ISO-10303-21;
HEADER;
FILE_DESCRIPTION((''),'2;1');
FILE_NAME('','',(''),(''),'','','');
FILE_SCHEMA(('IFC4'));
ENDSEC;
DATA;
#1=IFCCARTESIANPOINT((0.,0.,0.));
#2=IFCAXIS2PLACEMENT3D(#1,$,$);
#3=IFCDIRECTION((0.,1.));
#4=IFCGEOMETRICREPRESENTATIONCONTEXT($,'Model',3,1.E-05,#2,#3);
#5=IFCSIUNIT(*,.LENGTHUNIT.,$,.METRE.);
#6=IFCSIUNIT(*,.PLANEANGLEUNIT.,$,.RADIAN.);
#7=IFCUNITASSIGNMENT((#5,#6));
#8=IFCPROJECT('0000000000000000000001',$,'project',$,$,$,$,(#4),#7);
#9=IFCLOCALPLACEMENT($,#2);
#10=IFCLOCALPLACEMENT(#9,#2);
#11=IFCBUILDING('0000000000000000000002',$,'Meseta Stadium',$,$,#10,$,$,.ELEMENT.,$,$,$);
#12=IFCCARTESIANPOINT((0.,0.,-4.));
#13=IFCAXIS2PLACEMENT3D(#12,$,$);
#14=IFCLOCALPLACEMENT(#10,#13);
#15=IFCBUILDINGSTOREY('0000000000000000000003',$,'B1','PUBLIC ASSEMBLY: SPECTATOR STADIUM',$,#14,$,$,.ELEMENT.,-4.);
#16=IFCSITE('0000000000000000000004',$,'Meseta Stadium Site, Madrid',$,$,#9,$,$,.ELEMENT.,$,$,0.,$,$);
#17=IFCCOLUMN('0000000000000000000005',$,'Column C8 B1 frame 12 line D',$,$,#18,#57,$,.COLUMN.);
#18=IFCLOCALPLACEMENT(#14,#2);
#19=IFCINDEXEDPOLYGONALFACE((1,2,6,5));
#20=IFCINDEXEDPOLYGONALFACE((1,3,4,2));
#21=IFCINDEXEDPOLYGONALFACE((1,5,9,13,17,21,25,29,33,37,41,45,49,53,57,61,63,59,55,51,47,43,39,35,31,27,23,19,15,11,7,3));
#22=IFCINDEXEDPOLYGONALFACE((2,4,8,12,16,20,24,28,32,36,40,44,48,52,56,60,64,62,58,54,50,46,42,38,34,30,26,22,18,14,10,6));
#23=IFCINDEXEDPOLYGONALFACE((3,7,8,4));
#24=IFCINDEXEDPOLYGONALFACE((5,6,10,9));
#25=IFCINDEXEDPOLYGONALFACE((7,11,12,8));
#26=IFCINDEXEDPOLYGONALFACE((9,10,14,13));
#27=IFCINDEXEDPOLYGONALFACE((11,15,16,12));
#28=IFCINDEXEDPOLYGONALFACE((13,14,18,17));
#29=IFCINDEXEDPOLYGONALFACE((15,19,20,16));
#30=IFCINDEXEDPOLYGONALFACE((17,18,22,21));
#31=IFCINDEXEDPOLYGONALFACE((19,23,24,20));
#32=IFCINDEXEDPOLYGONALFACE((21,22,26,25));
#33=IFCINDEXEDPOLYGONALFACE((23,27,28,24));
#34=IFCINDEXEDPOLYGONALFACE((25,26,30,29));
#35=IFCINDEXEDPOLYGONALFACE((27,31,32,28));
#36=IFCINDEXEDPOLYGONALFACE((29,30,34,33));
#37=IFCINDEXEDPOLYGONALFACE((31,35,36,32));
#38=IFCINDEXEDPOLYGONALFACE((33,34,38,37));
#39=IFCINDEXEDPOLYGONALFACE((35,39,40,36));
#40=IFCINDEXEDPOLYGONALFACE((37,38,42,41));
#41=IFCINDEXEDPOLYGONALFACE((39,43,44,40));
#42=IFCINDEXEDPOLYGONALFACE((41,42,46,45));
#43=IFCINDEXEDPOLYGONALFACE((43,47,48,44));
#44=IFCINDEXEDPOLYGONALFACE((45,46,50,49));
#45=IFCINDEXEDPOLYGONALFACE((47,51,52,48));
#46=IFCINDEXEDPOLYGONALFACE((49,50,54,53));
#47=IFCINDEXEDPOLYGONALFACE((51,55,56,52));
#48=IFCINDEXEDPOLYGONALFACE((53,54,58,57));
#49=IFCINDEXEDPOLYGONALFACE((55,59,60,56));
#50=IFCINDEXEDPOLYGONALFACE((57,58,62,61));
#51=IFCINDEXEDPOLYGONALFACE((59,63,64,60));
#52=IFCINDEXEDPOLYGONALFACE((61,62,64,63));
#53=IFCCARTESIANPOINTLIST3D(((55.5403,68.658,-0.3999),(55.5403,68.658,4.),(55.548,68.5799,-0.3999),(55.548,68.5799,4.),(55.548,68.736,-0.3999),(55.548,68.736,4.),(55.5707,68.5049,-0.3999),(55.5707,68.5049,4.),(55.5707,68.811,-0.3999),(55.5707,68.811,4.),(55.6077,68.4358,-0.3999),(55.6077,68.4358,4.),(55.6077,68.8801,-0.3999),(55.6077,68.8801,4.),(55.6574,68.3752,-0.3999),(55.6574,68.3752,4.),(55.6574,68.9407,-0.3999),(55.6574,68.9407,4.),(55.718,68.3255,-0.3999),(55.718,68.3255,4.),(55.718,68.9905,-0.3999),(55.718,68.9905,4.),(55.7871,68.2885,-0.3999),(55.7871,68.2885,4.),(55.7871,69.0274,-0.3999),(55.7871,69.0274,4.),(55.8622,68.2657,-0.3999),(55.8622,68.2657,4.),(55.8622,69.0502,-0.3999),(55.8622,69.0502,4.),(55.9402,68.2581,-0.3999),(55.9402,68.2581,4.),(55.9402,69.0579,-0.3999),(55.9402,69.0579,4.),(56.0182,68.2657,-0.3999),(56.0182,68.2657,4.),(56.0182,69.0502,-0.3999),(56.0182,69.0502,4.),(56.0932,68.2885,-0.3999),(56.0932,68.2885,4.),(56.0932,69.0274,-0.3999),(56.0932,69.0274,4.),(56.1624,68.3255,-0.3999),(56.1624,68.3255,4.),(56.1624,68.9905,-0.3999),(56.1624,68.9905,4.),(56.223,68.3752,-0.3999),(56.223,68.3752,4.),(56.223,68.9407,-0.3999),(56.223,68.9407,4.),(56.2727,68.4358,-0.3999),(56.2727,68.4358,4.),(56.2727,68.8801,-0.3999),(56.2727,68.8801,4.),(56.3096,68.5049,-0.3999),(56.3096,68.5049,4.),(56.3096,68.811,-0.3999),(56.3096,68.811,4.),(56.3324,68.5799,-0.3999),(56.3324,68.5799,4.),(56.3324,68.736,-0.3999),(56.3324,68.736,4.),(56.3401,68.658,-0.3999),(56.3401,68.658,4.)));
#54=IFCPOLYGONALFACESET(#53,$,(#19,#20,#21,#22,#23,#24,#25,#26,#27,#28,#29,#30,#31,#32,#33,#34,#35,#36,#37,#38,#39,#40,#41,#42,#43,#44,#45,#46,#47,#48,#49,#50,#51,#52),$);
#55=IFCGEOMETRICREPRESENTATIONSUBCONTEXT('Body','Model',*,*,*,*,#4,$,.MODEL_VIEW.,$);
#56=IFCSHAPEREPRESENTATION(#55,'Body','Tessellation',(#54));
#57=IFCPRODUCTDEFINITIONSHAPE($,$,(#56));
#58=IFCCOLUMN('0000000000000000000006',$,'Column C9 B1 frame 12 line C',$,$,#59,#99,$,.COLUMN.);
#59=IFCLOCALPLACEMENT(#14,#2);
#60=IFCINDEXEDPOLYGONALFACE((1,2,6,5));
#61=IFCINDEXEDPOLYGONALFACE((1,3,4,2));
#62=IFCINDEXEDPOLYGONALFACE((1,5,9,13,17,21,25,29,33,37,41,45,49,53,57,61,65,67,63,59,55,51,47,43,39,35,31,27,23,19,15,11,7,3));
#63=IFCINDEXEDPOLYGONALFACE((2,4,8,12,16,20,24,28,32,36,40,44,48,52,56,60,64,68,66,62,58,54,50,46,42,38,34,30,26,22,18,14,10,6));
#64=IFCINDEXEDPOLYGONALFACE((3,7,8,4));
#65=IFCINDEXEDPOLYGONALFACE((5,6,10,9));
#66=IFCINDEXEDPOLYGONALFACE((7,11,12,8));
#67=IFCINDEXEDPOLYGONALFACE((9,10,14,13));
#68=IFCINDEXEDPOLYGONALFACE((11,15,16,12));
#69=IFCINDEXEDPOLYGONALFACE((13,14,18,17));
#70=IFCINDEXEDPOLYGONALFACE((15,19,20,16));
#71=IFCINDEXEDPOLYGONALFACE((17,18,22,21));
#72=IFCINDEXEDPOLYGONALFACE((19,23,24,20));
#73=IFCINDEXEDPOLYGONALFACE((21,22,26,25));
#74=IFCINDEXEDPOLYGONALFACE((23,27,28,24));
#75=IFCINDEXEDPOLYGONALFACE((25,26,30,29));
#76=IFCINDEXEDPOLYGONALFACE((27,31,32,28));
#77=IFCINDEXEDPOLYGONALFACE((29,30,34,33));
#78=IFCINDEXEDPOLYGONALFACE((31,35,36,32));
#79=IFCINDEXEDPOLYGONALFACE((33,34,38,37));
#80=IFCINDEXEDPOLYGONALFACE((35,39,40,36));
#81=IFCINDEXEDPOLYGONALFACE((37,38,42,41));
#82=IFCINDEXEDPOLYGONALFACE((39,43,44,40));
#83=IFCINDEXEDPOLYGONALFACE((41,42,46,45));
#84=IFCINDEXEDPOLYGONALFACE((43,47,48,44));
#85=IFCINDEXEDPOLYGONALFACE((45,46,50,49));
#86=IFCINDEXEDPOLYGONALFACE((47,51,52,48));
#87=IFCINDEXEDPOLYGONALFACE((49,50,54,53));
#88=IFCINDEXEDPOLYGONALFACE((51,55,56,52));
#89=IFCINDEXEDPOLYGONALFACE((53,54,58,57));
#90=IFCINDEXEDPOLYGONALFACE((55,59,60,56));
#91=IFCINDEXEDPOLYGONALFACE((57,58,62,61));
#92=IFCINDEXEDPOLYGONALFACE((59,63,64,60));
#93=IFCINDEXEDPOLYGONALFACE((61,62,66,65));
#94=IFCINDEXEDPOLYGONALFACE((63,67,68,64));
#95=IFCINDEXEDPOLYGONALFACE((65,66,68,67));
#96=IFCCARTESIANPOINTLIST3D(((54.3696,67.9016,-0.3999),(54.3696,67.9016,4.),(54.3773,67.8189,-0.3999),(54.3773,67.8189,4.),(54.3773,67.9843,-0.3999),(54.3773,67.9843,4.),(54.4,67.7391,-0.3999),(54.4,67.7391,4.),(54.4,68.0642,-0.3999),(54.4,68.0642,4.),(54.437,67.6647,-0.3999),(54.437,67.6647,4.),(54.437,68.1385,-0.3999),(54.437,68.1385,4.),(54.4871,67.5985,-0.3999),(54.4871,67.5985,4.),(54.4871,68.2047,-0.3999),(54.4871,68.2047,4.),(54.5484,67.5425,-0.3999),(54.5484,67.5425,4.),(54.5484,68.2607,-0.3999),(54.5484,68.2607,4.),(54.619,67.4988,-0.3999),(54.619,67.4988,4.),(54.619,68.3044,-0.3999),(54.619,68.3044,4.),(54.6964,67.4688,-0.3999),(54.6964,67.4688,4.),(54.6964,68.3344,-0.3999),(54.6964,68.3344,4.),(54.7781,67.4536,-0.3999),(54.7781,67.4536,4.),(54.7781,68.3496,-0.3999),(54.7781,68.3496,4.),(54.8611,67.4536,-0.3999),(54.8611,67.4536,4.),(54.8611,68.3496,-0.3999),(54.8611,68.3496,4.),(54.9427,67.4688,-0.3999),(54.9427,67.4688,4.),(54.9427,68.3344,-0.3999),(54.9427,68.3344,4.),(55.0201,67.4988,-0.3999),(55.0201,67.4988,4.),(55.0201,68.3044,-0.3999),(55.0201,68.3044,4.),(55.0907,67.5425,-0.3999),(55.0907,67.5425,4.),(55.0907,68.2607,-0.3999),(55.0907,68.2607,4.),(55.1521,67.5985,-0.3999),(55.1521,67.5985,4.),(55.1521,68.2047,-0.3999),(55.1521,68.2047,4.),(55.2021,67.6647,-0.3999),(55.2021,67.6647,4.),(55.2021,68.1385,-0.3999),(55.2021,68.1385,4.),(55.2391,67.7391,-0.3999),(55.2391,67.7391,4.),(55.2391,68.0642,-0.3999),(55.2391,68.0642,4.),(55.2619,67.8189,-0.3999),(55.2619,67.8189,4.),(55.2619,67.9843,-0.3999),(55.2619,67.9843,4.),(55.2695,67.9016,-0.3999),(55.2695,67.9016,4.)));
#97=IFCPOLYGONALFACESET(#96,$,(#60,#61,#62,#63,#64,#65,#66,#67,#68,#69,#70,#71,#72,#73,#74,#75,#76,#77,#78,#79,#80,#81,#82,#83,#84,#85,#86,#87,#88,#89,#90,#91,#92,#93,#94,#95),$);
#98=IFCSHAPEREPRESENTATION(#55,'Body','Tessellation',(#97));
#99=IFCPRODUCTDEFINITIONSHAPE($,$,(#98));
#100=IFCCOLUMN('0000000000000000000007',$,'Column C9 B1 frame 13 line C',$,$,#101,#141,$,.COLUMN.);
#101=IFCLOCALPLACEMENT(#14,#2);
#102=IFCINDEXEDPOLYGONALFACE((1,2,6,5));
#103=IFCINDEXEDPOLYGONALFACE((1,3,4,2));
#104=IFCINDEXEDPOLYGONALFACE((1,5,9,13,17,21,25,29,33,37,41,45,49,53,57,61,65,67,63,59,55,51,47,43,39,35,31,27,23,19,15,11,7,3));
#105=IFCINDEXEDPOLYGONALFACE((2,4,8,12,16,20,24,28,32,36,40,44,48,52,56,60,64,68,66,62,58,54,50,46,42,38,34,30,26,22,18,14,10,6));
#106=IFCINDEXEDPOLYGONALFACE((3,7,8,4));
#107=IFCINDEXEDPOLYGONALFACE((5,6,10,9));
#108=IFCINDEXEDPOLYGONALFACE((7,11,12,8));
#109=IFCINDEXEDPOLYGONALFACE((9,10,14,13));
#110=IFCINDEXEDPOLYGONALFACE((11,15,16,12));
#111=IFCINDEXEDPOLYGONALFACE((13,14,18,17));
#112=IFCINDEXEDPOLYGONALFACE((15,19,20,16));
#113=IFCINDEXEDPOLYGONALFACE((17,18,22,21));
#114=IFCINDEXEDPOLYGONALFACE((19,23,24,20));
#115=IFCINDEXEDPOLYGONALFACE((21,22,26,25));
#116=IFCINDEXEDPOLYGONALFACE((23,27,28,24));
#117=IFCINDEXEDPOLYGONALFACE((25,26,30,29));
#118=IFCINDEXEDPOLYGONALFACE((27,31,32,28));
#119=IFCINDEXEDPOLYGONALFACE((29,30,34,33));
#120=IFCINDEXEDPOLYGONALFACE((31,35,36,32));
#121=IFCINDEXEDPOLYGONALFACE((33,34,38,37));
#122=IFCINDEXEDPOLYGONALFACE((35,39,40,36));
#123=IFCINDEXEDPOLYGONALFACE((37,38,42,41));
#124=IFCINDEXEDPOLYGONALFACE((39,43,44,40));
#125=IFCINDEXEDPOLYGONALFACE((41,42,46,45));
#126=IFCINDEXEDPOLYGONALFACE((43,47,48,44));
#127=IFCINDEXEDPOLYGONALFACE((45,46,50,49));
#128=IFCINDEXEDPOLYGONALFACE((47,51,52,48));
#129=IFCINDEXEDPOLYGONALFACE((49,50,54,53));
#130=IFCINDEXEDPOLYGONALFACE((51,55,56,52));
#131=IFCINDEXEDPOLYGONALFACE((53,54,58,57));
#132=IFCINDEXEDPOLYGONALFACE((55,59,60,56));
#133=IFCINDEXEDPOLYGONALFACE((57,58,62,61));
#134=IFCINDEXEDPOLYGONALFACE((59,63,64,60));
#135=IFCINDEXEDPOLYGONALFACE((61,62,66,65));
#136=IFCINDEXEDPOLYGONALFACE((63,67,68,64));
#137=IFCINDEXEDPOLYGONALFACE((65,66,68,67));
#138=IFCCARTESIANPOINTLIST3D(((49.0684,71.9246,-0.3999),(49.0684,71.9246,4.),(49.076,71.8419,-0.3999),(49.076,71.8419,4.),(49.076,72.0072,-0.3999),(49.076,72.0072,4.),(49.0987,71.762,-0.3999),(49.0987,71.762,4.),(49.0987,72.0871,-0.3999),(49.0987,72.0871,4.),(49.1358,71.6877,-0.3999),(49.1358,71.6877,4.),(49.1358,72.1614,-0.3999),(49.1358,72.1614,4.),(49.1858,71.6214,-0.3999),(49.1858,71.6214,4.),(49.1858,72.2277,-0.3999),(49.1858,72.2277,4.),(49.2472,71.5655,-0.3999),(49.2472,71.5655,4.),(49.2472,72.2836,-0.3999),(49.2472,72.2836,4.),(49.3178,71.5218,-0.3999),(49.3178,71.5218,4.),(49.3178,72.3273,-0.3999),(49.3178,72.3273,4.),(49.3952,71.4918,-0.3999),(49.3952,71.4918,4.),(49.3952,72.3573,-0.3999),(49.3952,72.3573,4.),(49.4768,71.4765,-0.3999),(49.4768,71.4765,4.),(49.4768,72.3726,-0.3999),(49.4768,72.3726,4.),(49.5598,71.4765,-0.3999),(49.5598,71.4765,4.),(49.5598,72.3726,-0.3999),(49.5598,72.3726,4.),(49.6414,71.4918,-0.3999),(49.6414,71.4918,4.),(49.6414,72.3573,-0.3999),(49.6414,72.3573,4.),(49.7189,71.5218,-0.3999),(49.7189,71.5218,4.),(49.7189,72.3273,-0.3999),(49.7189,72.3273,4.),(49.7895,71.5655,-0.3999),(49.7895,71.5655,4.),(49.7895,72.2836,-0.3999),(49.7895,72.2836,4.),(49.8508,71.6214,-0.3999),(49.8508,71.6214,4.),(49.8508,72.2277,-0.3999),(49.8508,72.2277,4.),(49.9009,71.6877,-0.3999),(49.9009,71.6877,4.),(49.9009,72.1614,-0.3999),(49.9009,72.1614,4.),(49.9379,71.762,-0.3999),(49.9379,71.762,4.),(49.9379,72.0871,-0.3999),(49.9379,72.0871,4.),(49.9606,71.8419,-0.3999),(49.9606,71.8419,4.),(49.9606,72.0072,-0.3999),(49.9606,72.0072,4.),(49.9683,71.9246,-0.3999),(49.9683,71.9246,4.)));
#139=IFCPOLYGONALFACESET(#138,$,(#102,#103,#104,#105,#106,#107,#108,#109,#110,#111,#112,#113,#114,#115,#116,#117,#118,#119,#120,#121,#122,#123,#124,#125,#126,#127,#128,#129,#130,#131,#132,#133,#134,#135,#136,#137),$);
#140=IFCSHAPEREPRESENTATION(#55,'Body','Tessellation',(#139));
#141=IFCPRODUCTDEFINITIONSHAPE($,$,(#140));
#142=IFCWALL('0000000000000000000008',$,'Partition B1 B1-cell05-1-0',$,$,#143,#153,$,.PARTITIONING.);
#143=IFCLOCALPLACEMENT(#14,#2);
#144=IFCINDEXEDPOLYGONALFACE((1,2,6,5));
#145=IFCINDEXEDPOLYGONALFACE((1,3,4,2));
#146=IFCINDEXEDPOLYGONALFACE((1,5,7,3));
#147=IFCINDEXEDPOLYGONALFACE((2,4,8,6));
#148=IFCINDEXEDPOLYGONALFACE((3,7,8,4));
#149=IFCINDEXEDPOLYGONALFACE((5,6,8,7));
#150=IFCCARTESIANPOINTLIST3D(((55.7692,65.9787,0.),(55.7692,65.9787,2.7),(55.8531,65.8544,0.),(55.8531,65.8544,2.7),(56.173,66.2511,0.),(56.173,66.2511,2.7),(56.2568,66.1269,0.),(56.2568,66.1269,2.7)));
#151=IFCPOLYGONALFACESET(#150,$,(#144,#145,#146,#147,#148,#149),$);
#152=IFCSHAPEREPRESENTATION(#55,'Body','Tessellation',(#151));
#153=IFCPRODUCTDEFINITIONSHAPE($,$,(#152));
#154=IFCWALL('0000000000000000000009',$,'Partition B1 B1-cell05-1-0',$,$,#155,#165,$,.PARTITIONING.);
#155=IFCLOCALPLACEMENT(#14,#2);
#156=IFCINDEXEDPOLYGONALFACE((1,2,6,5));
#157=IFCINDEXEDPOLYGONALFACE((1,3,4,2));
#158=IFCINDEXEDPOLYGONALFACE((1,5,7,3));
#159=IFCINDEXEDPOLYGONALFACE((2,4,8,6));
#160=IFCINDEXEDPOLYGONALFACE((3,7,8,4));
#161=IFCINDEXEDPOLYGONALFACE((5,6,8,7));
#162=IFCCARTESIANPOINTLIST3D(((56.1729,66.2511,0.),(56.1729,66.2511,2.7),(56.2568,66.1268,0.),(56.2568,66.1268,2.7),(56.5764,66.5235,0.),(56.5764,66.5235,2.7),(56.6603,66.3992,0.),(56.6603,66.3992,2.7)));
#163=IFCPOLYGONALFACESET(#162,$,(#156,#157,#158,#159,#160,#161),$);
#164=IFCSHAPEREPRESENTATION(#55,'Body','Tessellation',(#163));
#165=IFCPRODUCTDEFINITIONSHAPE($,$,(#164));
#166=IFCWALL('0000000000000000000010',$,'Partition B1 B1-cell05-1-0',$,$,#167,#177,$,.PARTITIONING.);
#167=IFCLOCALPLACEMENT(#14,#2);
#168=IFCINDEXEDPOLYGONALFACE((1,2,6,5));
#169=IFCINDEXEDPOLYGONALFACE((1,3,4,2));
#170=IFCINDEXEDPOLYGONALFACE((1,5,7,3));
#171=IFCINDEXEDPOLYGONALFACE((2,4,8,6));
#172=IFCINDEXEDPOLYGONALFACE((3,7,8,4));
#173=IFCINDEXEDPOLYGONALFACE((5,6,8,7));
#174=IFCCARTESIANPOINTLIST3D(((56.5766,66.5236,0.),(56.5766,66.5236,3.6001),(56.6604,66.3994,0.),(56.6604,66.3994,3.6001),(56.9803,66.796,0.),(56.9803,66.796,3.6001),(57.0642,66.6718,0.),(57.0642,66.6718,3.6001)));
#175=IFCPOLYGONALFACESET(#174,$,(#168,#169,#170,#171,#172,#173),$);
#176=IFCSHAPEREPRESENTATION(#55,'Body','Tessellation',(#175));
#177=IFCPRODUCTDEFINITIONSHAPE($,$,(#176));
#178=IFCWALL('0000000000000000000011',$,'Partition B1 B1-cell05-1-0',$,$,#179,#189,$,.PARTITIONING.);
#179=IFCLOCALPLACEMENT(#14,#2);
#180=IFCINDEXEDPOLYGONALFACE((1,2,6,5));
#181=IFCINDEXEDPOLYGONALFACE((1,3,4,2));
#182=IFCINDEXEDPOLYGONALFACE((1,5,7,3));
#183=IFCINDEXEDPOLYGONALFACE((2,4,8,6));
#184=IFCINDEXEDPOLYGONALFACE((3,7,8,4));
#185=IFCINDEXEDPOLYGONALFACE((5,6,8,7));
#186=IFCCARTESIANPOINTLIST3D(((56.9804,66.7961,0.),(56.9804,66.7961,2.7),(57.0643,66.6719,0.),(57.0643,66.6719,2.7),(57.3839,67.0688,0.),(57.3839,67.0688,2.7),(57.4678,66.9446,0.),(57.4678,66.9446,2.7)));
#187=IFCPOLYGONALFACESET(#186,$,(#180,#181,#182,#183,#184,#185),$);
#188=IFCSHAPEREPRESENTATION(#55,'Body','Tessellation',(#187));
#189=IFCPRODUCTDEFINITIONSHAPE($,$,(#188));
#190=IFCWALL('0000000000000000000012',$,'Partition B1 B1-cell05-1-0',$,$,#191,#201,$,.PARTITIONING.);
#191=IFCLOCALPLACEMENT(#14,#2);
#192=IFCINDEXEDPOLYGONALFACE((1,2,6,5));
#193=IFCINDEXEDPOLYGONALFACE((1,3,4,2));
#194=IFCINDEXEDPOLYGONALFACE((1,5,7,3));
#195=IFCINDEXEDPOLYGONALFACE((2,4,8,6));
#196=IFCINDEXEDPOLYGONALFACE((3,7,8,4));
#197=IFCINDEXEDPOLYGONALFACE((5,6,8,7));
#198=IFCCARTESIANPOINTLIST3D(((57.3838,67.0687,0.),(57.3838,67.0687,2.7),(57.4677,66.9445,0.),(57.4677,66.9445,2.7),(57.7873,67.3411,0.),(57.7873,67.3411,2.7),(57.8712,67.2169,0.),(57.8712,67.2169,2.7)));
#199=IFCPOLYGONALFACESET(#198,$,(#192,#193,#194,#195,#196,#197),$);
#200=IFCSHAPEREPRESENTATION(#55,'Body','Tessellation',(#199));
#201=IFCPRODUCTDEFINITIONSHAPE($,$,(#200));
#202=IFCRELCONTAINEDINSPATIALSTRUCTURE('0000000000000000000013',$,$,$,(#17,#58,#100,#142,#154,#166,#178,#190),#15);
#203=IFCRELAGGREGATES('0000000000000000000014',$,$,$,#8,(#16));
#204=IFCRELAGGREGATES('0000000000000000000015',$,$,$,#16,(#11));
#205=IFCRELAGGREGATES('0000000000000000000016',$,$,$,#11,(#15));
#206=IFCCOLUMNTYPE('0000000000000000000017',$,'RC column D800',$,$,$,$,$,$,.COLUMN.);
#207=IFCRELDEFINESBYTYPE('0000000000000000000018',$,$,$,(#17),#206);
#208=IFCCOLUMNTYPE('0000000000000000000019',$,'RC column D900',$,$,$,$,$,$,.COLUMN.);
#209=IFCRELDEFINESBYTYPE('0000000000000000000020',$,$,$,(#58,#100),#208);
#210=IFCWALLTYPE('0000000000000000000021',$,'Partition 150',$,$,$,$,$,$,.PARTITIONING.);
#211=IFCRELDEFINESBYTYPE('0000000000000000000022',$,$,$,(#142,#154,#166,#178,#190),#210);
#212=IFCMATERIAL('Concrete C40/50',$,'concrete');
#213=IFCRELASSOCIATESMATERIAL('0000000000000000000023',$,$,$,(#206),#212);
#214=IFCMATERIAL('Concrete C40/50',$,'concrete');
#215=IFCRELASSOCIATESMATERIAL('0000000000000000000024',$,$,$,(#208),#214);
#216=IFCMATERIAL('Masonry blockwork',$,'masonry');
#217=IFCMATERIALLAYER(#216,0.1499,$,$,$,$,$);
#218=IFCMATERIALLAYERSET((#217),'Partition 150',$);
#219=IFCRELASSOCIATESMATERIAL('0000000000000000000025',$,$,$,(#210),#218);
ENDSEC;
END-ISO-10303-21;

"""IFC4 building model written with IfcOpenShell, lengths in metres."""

from ifc_helpers import new_model, si_unit, direction, frame, frame_2d, origin, origin_2d, place, context, subcontext, project, spatial, rectangle, circle, extrude, material, layer, layer_set, material_profile, profile_set, type_object, element, save


model = new_model("IFC4")

# Units and contexts
model_context = context("Model", 3, precision=1e-05, world=origin(), true_north=direction((0.0, 1.0)))
body_context = subcontext(model_context, "Body", "Model", "MODEL_VIEW")
ifc_project = project(units=[si_unit("LENGTHUNIT", "METRE"), si_unit("PLANEANGLEUNIT", "RADIAN")], contexts=[model_context])

# Site, building, storey
site_placement = place(None, origin())
site = spatial("IfcSite", under=ifc_project, at=site_placement, Name="Meseta Stadium Site, Madrid", CompositionType="ELEMENT", RefElevation=0.0)
building_placement = place(site_placement, origin())
building = spatial("IfcBuilding", under=site, at=building_placement, Name="Meseta Stadium", CompositionType="ELEMENT")
storey_placement = place(building_placement, frame((0.0, 0.0, -4.0)))
storey = spatial("IfcBuildingStorey", under=building, at=storey_placement, Name="B1", Description="PUBLIC ASSEMBLY: SPECTATOR STADIUM", CompositionType="ELEMENT", Elevation=-4.0)

# Columns
ifc_material_1 = material(Name="Concrete C40/50", Category="concrete")
ifc_material_profile_1 = material_profile(ifc_material_1, circle(Radius=0.3999, at=origin_2d()), Name="RC D800")
ifc_profile_set_1 = profile_set([ifc_material_profile_1], Name="Concrete C40/50")
column_type_1 = type_object("IfcColumnType", Name="RC column D800", PredefinedType="COLUMN", material=ifc_profile_set_1)
column_placement = place(storey_placement, frame((55.9402, 68.658, -0.3999), z_axis=(0.0, 0.0, 1.0), x_axis=(1.0, 0.0, 0.0)))
element("IfcColumn", 1, at=column_placement, inside=storey, type_object=column_type_1, Name="Column C8 B1 frame 12 line D", PredefinedType="COLUMN", context=body_context, shape_type="SweptSolid", body=[
    extrude(circle(Radius=0.3999, at=origin_2d()), origin(), (0.0, 0.0, 1.0), 4.3999),
])
ifc_material_2 = material(Name="Concrete C40/50", Category="concrete")
ifc_material_profile_2 = material_profile(ifc_material_2, circle(Radius=0.45, at=origin_2d()), Name="RC D900")
ifc_profile_set_2 = profile_set([ifc_material_profile_2], Name="Concrete C40/50")
column_type_2 = type_object("IfcColumnType", Name="RC column D900", PredefinedType="COLUMN", material=ifc_profile_set_2)
for number, where, z_axis, x_axis, name in (
    (2, (54.8196, 67.9016, -0.3999), (0.0, 0.0, 1.0), (1.0, 0.0, 0.0), "Column C9 B1 frame 12 line C"),
    (3, (49.5183, 71.9246, -0.3999), (0.0, 0.0, 1.0), (1.0, 0.0, 0.0), "Column C9 B1 frame 13 line C"),
):
    element("IfcColumn", number, at=place(storey_placement, frame(where, z_axis=z_axis, x_axis=x_axis)), inside=storey, type_object=column_type_2, Name=name, PredefinedType="COLUMN", context=body_context, shape_type="SweptSolid", body=[
        extrude(circle(Radius=0.45, at=origin_2d()), origin(), (0.0, 0.0, 1.0), 4.3999),
    ])

# Walls
ifc_material_3 = material(Name="Masonry blockwork", Category="masonry")
ifc_layer = layer(ifc_material_3, 0.1499)
ifc_layer_set = layer_set([ifc_layer], Name="Partition 150")
wall_type = type_object("IfcWallType", Name="Partition 150", PredefinedType="PARTITIONING", material=ifc_layer_set)
wall_1_placement = place(storey_placement, frame((55.811, 65.9165, 0.0), z_axis=(0.0, 0.0, 1.0), x_axis=(0.828953, 0.559318, 0.0)))
element("IfcWall", 4, at=wall_1_placement, inside=storey, type_object=wall_type, Name="Partition B1 B1-cell05-1-0", PredefinedType="PARTITIONING", context=body_context, shape_type="SweptSolid", body=[
    extrude(rectangle(XDim=0.4871, YDim=0.1499, at=frame_2d((0.2437, 0.0))), origin(), (0.0, 0.0, 1.0), 2.7),
])
wall_2_placement = place(storey_placement, frame((56.2148, 66.189, 0.0), z_axis=(0.0, 0.0, 1.0), x_axis=(0.828796, 0.55955, 0.0)))
element("IfcWall", 5, at=wall_2_placement, inside=storey, type_object=wall_type, Name="Partition B1 B1-cell05-1-0", PredefinedType="PARTITIONING", context=body_context, shape_type="SweptSolid", body=[
    extrude(rectangle(XDim=0.4868, YDim=0.1499, at=frame_2d((0.2434, 0.0))), origin(), (0.0, 0.0, 1.0), 2.7),
])
wall_3_placement = place(storey_placement, frame((56.6184, 66.4614, 0.0), z_axis=(0.0, 0.0, 1.0), x_axis=(0.828953, 0.559318, 0.0)))
element("IfcWall", 6, at=wall_3_placement, inside=storey, type_object=wall_type, Name="Partition B1 B1-cell05-1-0", PredefinedType="PARTITIONING", context=body_context, shape_type="SweptSolid", body=[
    extrude(rectangle(XDim=0.4871, YDim=0.1499, at=frame_2d((0.2437, 0.0))), origin(), (0.0, 0.0, 1.0), 3.6001),
])
wall_4_placement = place(storey_placement, frame((57.0222, 66.7339, 0.0), z_axis=(0.0, 0.0, 1.0), x_axis=(0.828564, 0.559895, 0.0)))
element("IfcWall", 7, at=wall_4_placement, inside=storey, type_object=wall_type, Name="Partition B1 B1-cell05-1-0", PredefinedType="PARTITIONING", context=body_context, shape_type="SweptSolid", body=[
    extrude(rectangle(XDim=0.4871, YDim=0.1499, at=frame_2d((0.2437, 0.0))), origin(), (0.0, 0.0, 1.0), 2.7),
])
wall_5_placement = place(storey_placement, frame((57.4258, 67.0066, 0.0), z_axis=(0.0, 0.0, 1.0), x_axis=(0.828796, 0.55955, 0.0)))
element("IfcWall", 8, at=wall_5_placement, inside=storey, type_object=wall_type, Name="Partition B1 B1-cell05-1-0", PredefinedType="PARTITIONING", context=body_context, shape_type="SweptSolid", body=[
    extrude(rectangle(XDim=0.4868, YDim=0.1499, at=frame_2d((0.2434, 0.0))), origin(), (0.0, 0.0, 1.0), 2.7),
])

save(model, "model.ifc")
